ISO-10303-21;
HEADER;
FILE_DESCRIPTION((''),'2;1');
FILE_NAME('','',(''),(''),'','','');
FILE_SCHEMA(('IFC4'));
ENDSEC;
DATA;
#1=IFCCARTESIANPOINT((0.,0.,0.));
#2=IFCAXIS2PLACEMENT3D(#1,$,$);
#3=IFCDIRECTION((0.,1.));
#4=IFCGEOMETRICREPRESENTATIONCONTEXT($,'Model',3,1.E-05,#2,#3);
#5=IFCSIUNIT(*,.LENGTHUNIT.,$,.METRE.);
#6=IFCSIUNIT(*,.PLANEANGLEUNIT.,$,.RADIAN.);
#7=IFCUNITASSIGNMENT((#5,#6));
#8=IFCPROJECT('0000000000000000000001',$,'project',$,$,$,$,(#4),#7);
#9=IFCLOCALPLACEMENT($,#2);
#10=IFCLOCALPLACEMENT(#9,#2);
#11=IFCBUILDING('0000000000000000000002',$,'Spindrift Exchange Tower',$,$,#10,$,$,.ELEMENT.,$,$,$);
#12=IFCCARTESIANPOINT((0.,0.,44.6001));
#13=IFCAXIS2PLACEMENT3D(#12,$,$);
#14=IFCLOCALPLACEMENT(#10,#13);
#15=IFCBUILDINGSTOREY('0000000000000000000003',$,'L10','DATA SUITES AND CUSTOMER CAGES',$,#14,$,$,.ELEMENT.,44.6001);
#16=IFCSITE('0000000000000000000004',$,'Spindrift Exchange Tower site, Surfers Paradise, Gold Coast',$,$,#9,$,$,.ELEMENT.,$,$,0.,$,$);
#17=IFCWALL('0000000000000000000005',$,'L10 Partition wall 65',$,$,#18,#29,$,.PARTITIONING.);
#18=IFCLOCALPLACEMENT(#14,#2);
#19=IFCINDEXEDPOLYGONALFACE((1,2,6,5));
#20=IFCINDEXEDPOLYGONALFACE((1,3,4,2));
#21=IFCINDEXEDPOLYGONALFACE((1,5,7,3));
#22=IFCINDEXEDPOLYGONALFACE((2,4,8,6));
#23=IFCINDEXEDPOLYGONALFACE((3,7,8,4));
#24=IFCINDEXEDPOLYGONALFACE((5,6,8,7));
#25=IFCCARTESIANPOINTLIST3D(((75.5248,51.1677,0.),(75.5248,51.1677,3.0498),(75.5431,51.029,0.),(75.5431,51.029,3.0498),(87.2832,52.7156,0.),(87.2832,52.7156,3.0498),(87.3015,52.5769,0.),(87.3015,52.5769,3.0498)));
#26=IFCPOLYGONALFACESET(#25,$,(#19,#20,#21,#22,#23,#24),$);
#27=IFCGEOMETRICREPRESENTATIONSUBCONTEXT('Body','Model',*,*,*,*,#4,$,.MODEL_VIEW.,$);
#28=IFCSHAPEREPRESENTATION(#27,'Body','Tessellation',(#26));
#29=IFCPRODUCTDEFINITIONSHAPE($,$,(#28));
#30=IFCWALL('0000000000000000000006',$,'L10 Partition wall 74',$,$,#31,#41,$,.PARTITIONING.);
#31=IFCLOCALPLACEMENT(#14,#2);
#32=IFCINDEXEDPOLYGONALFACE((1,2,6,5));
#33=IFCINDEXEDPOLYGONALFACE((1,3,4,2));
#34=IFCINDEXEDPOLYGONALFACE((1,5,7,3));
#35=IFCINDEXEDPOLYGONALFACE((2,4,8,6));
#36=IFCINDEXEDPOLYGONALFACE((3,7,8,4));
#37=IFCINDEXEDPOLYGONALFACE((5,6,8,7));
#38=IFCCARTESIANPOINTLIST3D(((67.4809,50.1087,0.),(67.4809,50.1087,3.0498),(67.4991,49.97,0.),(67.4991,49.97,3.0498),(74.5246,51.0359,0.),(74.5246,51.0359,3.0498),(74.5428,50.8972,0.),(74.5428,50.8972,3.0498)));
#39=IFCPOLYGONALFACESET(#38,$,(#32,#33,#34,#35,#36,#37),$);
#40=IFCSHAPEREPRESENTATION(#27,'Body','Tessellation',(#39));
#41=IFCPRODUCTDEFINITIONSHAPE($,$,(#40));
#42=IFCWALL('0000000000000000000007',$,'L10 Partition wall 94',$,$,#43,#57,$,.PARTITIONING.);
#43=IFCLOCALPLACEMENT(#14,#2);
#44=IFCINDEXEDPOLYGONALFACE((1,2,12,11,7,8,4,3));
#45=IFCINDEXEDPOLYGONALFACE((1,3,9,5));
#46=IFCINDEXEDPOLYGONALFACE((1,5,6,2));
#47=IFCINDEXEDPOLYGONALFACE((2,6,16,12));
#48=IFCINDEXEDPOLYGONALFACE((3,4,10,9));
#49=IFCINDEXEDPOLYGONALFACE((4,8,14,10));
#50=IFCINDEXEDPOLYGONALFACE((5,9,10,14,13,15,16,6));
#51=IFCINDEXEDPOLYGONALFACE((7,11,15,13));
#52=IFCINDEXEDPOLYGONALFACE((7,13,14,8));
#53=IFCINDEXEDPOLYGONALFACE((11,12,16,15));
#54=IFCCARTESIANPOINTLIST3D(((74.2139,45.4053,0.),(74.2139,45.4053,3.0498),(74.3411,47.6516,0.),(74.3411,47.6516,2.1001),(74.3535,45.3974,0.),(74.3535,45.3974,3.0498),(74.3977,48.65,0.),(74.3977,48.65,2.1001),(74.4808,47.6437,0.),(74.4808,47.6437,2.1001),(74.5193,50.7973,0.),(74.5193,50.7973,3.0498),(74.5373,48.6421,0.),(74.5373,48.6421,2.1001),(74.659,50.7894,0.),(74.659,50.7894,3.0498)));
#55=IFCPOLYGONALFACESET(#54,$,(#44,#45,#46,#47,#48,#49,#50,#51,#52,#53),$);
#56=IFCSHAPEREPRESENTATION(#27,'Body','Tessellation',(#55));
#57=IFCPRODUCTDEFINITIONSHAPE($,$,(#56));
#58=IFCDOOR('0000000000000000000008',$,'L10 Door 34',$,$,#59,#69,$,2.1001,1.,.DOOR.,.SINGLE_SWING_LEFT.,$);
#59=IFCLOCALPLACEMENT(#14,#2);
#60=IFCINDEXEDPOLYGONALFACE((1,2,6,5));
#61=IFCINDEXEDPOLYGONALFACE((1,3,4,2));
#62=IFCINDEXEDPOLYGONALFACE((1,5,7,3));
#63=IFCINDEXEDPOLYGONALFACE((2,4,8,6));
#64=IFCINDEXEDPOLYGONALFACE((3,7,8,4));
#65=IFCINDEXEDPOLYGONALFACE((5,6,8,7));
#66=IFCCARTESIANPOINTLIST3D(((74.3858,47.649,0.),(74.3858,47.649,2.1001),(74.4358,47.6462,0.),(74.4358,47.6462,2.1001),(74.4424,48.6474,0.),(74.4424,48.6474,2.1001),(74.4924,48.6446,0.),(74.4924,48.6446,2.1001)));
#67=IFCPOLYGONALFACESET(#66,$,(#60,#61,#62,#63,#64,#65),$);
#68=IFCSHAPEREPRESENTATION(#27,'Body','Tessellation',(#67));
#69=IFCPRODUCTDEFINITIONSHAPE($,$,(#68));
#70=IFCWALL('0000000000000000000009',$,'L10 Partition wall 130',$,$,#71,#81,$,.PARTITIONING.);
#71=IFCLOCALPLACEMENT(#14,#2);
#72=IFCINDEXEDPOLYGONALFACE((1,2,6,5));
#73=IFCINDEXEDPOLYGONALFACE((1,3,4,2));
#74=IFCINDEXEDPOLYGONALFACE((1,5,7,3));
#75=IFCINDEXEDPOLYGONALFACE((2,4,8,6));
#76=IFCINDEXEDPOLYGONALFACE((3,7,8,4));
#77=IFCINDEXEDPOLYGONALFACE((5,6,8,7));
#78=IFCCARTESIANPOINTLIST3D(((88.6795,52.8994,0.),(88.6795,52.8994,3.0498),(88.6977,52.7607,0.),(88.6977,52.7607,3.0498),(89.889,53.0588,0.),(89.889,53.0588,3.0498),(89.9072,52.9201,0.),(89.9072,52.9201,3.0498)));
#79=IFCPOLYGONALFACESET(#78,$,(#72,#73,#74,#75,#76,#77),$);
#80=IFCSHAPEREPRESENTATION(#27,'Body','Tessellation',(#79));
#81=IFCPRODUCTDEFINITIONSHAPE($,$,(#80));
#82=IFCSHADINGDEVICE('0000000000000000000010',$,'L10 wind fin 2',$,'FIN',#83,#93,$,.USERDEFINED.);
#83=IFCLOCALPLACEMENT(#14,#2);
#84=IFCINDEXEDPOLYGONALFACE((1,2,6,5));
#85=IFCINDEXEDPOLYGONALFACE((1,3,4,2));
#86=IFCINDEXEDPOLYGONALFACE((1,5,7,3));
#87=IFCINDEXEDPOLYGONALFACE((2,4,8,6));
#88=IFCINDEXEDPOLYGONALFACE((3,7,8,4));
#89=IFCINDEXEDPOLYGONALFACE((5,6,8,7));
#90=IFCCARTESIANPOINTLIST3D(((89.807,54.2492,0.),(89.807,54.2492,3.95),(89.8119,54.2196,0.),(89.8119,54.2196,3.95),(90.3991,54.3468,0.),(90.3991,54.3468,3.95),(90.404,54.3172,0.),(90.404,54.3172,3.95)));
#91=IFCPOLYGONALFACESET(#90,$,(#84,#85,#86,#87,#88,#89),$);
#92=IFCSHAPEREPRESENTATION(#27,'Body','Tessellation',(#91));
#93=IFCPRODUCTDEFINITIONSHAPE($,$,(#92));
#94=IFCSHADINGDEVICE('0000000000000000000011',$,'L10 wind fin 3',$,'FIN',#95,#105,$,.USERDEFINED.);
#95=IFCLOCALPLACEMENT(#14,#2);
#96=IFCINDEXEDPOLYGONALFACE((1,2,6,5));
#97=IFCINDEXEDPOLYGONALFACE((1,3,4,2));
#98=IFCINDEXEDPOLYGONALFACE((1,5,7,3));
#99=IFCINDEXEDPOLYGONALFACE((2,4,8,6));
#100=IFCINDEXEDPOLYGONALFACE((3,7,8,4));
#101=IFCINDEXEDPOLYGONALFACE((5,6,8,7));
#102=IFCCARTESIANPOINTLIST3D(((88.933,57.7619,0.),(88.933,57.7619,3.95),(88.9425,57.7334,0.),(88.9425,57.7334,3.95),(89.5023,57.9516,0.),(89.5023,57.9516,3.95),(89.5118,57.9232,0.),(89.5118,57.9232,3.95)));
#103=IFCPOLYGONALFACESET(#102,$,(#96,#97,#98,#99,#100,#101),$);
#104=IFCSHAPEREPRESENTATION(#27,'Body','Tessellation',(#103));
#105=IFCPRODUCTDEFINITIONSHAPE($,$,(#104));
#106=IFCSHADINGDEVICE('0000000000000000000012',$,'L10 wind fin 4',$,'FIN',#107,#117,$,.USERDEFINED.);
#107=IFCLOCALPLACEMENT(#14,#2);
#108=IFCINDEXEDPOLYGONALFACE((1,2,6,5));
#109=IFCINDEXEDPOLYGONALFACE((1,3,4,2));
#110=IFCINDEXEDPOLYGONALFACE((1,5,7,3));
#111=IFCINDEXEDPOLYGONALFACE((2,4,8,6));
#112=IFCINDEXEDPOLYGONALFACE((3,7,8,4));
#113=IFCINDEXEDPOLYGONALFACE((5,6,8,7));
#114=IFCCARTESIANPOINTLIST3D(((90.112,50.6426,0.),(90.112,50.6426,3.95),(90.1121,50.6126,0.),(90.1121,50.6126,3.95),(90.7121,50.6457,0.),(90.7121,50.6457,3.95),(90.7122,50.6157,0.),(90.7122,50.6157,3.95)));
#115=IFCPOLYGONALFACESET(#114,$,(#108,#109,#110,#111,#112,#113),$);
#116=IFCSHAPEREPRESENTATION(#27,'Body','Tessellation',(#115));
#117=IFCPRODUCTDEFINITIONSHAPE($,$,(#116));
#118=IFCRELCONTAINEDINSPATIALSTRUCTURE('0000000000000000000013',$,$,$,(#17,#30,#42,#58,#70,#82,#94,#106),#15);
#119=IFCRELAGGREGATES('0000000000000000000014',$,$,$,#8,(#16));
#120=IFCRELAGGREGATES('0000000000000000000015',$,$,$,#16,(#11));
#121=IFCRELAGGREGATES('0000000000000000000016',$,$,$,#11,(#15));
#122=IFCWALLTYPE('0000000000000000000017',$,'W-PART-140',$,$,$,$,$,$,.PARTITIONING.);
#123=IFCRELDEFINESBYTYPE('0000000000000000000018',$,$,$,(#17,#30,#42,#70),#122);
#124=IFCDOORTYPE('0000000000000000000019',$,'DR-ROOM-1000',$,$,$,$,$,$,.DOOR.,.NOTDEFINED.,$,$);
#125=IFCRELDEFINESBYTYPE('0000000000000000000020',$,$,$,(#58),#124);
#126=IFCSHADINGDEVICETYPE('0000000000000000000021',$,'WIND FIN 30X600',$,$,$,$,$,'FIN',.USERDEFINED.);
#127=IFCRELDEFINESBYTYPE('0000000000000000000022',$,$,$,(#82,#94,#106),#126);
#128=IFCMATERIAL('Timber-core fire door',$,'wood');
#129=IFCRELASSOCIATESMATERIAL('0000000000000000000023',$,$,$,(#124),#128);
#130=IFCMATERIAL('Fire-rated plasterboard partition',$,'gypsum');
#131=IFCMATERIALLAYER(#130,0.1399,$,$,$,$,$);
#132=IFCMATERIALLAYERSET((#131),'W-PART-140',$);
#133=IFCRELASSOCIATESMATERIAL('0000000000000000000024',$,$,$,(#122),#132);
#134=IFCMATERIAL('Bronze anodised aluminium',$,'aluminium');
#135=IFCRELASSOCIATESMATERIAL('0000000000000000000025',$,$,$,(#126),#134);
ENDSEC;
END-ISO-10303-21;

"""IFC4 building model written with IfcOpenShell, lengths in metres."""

from ifc_helpers import new_model, si_unit, direction, frame, frame_2d, origin, origin_2d, place, context, subcontext, project, spatial, rectangle, extrude, source, transform, mapped, material, layer, layer_set, material_profile, profile_set, type_object, element, fill, save


model = new_model("IFC4")

# Units and contexts
model_context = context("Model", 3, precision=1e-05, world=origin(), true_north=direction((0.0, 1.0)))
body_context = subcontext(model_context, "Body", "Model", "MODEL_VIEW")
ifc_project = project(units=[si_unit("LENGTHUNIT", "METRE"), si_unit("PLANEANGLEUNIT", "RADIAN")], contexts=[model_context])

# Site, building, storey
site_placement = place(None, origin())
site = spatial("IfcSite", under=ifc_project, at=site_placement, Name="Spindrift Exchange Tower site, Surfers Paradise, Gold Coast", CompositionType="ELEMENT", RefElevation=0.0)
building_placement = place(site_placement, origin())
building = spatial("IfcBuilding", under=site, at=building_placement, Name="Spindrift Exchange Tower", CompositionType="ELEMENT")
storey_placement = place(building_placement, frame((0.0, 0.0, 44.6001)))
storey = spatial("IfcBuildingStorey", under=building, at=storey_placement, Name="L10", Description="DATA SUITES AND CUSTOMER CAGES", CompositionType="ELEMENT", Elevation=44.6001)

# Shared definitions
ifc_material_1 = material(Name="Bronze anodised aluminium", Category="aluminium")

# Shared definitions
ifc_material_2 = material(Name="Fire-rated plasterboard partition", Category="gypsum")
ifc_material_3 = material(Name="Timber-core fire door", Category="wood")
door_type = type_object("IfcDoorType", Name="DR-ROOM-1000", OperationType="NOTDEFINED", PredefinedType="DOOR", material=ifc_material_3)
shared_shape_1 = source(origin(), body_context, "Body", "SweptSolid", [
    extrude(rectangle(XDim=1.0, YDim=2.1001, at=frame_2d((0.5, 1.05))), frame((0.0, 0.0249, 0.0), z_axis=(0.0, -1.0, 0.0), x_axis=(1.0, 0.0, 0.0)), (0.0, 0.0, 1.0), 0.05),
])

# Walls
ifc_layer_1 = layer(ifc_material_2, 0.1399)
ifc_layer_set_1 = layer_set([ifc_layer_1], Name="W-PART-140")
wall_type_1 = type_object("IfcWallType", Name="W-PART-140", PredefinedType="PARTITIONING", material=ifc_layer_set_1)
wall_1_placement = place(storey_placement, frame((75.5339, 51.0984, 0.0), z_axis=(0.0, 0.0, 1.0), x_axis=(0.991447, 0.130513, 0.0)))
element("IfcWall", 1, at=wall_1_placement, inside=storey, type_object=wall_type_1, Name="L10 Partition wall 65", PredefinedType="PARTITIONING", context=body_context, shape_type="SweptSolid", body=[
    extrude(rectangle(XDim=11.8599, YDim=0.1399, at=frame_2d((5.9299, 0.0))), origin(), (0.0, 0.0, 1.0), 3.0498),
])
wall_2_placement = place(storey_placement, frame((67.49, 50.0393, 0.0), z_axis=(0.0, 0.0, 1.0), x_axis=(0.991446, 0.130516, 0.0)))
element("IfcWall", 2, at=wall_2_placement, inside=storey, type_object=wall_type_1, Name="L10 Partition wall 74", PredefinedType="PARTITIONING", context=body_context, shape_type="SweptSolid", body=[
    extrude(rectangle(XDim=7.1045, YDim=0.1399, at=frame_2d((3.5522, 0.0))), origin(), (0.0, 0.0, 1.0), 3.0498),
])

# Wall, opening, door
wall_3_placement = place(storey_placement, frame((74.5891, 50.7932, 0.0), z_axis=(0.0, 0.0, 1.0), x_axis=(-0.056552, -0.9984, 0.0)))
wall_3 = element("IfcWall", 3, at=wall_3_placement, inside=storey, type_object=wall_type_1, Name="L10 Partition wall 94", PredefinedType="PARTITIONING", context=body_context, shape_type="SweptSolid", body=[
    extrude(rectangle(XDim=5.4006, YDim=0.1399, at=frame_2d((2.7002, 0.0))), origin(), (0.0, 0.0, 1.0), 3.0498),
])
opening_1_placement = place(wall_3_placement, frame((2.1506, 0.0, 0.0)))
opening_1 = element("IfcOpeningElement", 4, at=opening_1_placement, cuts=wall_3, PredefinedType="OPENING", context=body_context, shape_type="SweptSolid", body=[
    extrude(rectangle(XDim=1.0, YDim=2.1001, at=frame_2d((0.5, 1.05))), frame((0.0, 0.0798, 0.0), z_axis=(0.0, -1.0, 0.0), x_axis=(1.0, 0.0, 0.0)), (0.0, 0.0, 1.0), 0.1599),
])
door_1_placement = place(opening_1_placement, origin())
door_1 = element("IfcDoor", 5, at=door_1_placement, inside=storey, type_object=door_type, Name="L10 Door 34", OperationType="SINGLE_SWING_LEFT", OverallHeight=2.1001, OverallWidth=1.0, PredefinedType="DOOR", context=body_context, shape_type="MappedRepresentation", body=[
    mapped(shared_shape_1, transform((0.0, 0.0, 0.0), scale=1.0)),
])
fill(opening_1, door_1)

# Wall
wall_4_placement = place(storey_placement, frame((88.6887, 52.8301, 0.0), z_axis=(0.0, 0.0, 1.0), x_axis=(0.991424, 0.130682, 0.0)))
element("IfcWall", 6, at=wall_4_placement, inside=storey, type_object=wall_type_1, Name="L10 Partition wall 130", PredefinedType="PARTITIONING", context=body_context, shape_type="SweptSolid", body=[
    extrude(rectangle(XDim=1.22, YDim=0.1399, at=frame_2d((0.6099, 0.0))), origin(), (0.0, 0.0, 1.0), 3.0498),
])

# Shading devices
ifc_material_profile_1 = material_profile(ifc_material_1, rectangle(XDim=0.03, YDim=0.6001, at=origin_2d()), Name="WIND FIN 30X600")
ifc_profile_set_1 = profile_set([ifc_material_profile_1], Name="Bronze anodised aluminium")
shading_device_type = type_object("IfcShadingDeviceType", Name="WIND FIN 30X600", ElementType="FIN", PredefinedType="USERDEFINED", material=ifc_profile_set_1)
shared_shape_2 = source(origin(), body_context, "Body", "SweptSolid", [
    extrude(rectangle(XDim=0.03, YDim=0.6001, at=origin_2d()), origin(), (0.0, 0.0, 1.0), 3.95),
])
for number, where, z_axis, x_axis, name in (
    (7, (90.1055, 54.2832, 0.0), (0.0, 0.0, 1.0), (-0.162696, 0.986676, 0.0), "L10 wind fin 2"),
    (8, (89.2224, 57.8425, 0.0), (0.0, 0.0, 1.0), (-0.316171, 0.948702, 0.0), "L10 wind fin 3"),
    (9, (90.4121, 50.6292, 0.0), (0.0, 0.0, 1.0), (-0.005149, 0.999987, 0.0), "L10 wind fin 4"),
):
    element("IfcShadingDevice", number, at=place(storey_placement, frame(where, z_axis=z_axis, x_axis=x_axis)), inside=storey, type_object=shading_device_type, Name=name, ObjectType="FIN", PredefinedType="USERDEFINED", context=body_context, shape_type="MappedRepresentation", body=[
        mapped(shared_shape_2, transform((0.0, 0.0, 0.0), scale=1.0)),
    ])

save(model, "model.ifc")
